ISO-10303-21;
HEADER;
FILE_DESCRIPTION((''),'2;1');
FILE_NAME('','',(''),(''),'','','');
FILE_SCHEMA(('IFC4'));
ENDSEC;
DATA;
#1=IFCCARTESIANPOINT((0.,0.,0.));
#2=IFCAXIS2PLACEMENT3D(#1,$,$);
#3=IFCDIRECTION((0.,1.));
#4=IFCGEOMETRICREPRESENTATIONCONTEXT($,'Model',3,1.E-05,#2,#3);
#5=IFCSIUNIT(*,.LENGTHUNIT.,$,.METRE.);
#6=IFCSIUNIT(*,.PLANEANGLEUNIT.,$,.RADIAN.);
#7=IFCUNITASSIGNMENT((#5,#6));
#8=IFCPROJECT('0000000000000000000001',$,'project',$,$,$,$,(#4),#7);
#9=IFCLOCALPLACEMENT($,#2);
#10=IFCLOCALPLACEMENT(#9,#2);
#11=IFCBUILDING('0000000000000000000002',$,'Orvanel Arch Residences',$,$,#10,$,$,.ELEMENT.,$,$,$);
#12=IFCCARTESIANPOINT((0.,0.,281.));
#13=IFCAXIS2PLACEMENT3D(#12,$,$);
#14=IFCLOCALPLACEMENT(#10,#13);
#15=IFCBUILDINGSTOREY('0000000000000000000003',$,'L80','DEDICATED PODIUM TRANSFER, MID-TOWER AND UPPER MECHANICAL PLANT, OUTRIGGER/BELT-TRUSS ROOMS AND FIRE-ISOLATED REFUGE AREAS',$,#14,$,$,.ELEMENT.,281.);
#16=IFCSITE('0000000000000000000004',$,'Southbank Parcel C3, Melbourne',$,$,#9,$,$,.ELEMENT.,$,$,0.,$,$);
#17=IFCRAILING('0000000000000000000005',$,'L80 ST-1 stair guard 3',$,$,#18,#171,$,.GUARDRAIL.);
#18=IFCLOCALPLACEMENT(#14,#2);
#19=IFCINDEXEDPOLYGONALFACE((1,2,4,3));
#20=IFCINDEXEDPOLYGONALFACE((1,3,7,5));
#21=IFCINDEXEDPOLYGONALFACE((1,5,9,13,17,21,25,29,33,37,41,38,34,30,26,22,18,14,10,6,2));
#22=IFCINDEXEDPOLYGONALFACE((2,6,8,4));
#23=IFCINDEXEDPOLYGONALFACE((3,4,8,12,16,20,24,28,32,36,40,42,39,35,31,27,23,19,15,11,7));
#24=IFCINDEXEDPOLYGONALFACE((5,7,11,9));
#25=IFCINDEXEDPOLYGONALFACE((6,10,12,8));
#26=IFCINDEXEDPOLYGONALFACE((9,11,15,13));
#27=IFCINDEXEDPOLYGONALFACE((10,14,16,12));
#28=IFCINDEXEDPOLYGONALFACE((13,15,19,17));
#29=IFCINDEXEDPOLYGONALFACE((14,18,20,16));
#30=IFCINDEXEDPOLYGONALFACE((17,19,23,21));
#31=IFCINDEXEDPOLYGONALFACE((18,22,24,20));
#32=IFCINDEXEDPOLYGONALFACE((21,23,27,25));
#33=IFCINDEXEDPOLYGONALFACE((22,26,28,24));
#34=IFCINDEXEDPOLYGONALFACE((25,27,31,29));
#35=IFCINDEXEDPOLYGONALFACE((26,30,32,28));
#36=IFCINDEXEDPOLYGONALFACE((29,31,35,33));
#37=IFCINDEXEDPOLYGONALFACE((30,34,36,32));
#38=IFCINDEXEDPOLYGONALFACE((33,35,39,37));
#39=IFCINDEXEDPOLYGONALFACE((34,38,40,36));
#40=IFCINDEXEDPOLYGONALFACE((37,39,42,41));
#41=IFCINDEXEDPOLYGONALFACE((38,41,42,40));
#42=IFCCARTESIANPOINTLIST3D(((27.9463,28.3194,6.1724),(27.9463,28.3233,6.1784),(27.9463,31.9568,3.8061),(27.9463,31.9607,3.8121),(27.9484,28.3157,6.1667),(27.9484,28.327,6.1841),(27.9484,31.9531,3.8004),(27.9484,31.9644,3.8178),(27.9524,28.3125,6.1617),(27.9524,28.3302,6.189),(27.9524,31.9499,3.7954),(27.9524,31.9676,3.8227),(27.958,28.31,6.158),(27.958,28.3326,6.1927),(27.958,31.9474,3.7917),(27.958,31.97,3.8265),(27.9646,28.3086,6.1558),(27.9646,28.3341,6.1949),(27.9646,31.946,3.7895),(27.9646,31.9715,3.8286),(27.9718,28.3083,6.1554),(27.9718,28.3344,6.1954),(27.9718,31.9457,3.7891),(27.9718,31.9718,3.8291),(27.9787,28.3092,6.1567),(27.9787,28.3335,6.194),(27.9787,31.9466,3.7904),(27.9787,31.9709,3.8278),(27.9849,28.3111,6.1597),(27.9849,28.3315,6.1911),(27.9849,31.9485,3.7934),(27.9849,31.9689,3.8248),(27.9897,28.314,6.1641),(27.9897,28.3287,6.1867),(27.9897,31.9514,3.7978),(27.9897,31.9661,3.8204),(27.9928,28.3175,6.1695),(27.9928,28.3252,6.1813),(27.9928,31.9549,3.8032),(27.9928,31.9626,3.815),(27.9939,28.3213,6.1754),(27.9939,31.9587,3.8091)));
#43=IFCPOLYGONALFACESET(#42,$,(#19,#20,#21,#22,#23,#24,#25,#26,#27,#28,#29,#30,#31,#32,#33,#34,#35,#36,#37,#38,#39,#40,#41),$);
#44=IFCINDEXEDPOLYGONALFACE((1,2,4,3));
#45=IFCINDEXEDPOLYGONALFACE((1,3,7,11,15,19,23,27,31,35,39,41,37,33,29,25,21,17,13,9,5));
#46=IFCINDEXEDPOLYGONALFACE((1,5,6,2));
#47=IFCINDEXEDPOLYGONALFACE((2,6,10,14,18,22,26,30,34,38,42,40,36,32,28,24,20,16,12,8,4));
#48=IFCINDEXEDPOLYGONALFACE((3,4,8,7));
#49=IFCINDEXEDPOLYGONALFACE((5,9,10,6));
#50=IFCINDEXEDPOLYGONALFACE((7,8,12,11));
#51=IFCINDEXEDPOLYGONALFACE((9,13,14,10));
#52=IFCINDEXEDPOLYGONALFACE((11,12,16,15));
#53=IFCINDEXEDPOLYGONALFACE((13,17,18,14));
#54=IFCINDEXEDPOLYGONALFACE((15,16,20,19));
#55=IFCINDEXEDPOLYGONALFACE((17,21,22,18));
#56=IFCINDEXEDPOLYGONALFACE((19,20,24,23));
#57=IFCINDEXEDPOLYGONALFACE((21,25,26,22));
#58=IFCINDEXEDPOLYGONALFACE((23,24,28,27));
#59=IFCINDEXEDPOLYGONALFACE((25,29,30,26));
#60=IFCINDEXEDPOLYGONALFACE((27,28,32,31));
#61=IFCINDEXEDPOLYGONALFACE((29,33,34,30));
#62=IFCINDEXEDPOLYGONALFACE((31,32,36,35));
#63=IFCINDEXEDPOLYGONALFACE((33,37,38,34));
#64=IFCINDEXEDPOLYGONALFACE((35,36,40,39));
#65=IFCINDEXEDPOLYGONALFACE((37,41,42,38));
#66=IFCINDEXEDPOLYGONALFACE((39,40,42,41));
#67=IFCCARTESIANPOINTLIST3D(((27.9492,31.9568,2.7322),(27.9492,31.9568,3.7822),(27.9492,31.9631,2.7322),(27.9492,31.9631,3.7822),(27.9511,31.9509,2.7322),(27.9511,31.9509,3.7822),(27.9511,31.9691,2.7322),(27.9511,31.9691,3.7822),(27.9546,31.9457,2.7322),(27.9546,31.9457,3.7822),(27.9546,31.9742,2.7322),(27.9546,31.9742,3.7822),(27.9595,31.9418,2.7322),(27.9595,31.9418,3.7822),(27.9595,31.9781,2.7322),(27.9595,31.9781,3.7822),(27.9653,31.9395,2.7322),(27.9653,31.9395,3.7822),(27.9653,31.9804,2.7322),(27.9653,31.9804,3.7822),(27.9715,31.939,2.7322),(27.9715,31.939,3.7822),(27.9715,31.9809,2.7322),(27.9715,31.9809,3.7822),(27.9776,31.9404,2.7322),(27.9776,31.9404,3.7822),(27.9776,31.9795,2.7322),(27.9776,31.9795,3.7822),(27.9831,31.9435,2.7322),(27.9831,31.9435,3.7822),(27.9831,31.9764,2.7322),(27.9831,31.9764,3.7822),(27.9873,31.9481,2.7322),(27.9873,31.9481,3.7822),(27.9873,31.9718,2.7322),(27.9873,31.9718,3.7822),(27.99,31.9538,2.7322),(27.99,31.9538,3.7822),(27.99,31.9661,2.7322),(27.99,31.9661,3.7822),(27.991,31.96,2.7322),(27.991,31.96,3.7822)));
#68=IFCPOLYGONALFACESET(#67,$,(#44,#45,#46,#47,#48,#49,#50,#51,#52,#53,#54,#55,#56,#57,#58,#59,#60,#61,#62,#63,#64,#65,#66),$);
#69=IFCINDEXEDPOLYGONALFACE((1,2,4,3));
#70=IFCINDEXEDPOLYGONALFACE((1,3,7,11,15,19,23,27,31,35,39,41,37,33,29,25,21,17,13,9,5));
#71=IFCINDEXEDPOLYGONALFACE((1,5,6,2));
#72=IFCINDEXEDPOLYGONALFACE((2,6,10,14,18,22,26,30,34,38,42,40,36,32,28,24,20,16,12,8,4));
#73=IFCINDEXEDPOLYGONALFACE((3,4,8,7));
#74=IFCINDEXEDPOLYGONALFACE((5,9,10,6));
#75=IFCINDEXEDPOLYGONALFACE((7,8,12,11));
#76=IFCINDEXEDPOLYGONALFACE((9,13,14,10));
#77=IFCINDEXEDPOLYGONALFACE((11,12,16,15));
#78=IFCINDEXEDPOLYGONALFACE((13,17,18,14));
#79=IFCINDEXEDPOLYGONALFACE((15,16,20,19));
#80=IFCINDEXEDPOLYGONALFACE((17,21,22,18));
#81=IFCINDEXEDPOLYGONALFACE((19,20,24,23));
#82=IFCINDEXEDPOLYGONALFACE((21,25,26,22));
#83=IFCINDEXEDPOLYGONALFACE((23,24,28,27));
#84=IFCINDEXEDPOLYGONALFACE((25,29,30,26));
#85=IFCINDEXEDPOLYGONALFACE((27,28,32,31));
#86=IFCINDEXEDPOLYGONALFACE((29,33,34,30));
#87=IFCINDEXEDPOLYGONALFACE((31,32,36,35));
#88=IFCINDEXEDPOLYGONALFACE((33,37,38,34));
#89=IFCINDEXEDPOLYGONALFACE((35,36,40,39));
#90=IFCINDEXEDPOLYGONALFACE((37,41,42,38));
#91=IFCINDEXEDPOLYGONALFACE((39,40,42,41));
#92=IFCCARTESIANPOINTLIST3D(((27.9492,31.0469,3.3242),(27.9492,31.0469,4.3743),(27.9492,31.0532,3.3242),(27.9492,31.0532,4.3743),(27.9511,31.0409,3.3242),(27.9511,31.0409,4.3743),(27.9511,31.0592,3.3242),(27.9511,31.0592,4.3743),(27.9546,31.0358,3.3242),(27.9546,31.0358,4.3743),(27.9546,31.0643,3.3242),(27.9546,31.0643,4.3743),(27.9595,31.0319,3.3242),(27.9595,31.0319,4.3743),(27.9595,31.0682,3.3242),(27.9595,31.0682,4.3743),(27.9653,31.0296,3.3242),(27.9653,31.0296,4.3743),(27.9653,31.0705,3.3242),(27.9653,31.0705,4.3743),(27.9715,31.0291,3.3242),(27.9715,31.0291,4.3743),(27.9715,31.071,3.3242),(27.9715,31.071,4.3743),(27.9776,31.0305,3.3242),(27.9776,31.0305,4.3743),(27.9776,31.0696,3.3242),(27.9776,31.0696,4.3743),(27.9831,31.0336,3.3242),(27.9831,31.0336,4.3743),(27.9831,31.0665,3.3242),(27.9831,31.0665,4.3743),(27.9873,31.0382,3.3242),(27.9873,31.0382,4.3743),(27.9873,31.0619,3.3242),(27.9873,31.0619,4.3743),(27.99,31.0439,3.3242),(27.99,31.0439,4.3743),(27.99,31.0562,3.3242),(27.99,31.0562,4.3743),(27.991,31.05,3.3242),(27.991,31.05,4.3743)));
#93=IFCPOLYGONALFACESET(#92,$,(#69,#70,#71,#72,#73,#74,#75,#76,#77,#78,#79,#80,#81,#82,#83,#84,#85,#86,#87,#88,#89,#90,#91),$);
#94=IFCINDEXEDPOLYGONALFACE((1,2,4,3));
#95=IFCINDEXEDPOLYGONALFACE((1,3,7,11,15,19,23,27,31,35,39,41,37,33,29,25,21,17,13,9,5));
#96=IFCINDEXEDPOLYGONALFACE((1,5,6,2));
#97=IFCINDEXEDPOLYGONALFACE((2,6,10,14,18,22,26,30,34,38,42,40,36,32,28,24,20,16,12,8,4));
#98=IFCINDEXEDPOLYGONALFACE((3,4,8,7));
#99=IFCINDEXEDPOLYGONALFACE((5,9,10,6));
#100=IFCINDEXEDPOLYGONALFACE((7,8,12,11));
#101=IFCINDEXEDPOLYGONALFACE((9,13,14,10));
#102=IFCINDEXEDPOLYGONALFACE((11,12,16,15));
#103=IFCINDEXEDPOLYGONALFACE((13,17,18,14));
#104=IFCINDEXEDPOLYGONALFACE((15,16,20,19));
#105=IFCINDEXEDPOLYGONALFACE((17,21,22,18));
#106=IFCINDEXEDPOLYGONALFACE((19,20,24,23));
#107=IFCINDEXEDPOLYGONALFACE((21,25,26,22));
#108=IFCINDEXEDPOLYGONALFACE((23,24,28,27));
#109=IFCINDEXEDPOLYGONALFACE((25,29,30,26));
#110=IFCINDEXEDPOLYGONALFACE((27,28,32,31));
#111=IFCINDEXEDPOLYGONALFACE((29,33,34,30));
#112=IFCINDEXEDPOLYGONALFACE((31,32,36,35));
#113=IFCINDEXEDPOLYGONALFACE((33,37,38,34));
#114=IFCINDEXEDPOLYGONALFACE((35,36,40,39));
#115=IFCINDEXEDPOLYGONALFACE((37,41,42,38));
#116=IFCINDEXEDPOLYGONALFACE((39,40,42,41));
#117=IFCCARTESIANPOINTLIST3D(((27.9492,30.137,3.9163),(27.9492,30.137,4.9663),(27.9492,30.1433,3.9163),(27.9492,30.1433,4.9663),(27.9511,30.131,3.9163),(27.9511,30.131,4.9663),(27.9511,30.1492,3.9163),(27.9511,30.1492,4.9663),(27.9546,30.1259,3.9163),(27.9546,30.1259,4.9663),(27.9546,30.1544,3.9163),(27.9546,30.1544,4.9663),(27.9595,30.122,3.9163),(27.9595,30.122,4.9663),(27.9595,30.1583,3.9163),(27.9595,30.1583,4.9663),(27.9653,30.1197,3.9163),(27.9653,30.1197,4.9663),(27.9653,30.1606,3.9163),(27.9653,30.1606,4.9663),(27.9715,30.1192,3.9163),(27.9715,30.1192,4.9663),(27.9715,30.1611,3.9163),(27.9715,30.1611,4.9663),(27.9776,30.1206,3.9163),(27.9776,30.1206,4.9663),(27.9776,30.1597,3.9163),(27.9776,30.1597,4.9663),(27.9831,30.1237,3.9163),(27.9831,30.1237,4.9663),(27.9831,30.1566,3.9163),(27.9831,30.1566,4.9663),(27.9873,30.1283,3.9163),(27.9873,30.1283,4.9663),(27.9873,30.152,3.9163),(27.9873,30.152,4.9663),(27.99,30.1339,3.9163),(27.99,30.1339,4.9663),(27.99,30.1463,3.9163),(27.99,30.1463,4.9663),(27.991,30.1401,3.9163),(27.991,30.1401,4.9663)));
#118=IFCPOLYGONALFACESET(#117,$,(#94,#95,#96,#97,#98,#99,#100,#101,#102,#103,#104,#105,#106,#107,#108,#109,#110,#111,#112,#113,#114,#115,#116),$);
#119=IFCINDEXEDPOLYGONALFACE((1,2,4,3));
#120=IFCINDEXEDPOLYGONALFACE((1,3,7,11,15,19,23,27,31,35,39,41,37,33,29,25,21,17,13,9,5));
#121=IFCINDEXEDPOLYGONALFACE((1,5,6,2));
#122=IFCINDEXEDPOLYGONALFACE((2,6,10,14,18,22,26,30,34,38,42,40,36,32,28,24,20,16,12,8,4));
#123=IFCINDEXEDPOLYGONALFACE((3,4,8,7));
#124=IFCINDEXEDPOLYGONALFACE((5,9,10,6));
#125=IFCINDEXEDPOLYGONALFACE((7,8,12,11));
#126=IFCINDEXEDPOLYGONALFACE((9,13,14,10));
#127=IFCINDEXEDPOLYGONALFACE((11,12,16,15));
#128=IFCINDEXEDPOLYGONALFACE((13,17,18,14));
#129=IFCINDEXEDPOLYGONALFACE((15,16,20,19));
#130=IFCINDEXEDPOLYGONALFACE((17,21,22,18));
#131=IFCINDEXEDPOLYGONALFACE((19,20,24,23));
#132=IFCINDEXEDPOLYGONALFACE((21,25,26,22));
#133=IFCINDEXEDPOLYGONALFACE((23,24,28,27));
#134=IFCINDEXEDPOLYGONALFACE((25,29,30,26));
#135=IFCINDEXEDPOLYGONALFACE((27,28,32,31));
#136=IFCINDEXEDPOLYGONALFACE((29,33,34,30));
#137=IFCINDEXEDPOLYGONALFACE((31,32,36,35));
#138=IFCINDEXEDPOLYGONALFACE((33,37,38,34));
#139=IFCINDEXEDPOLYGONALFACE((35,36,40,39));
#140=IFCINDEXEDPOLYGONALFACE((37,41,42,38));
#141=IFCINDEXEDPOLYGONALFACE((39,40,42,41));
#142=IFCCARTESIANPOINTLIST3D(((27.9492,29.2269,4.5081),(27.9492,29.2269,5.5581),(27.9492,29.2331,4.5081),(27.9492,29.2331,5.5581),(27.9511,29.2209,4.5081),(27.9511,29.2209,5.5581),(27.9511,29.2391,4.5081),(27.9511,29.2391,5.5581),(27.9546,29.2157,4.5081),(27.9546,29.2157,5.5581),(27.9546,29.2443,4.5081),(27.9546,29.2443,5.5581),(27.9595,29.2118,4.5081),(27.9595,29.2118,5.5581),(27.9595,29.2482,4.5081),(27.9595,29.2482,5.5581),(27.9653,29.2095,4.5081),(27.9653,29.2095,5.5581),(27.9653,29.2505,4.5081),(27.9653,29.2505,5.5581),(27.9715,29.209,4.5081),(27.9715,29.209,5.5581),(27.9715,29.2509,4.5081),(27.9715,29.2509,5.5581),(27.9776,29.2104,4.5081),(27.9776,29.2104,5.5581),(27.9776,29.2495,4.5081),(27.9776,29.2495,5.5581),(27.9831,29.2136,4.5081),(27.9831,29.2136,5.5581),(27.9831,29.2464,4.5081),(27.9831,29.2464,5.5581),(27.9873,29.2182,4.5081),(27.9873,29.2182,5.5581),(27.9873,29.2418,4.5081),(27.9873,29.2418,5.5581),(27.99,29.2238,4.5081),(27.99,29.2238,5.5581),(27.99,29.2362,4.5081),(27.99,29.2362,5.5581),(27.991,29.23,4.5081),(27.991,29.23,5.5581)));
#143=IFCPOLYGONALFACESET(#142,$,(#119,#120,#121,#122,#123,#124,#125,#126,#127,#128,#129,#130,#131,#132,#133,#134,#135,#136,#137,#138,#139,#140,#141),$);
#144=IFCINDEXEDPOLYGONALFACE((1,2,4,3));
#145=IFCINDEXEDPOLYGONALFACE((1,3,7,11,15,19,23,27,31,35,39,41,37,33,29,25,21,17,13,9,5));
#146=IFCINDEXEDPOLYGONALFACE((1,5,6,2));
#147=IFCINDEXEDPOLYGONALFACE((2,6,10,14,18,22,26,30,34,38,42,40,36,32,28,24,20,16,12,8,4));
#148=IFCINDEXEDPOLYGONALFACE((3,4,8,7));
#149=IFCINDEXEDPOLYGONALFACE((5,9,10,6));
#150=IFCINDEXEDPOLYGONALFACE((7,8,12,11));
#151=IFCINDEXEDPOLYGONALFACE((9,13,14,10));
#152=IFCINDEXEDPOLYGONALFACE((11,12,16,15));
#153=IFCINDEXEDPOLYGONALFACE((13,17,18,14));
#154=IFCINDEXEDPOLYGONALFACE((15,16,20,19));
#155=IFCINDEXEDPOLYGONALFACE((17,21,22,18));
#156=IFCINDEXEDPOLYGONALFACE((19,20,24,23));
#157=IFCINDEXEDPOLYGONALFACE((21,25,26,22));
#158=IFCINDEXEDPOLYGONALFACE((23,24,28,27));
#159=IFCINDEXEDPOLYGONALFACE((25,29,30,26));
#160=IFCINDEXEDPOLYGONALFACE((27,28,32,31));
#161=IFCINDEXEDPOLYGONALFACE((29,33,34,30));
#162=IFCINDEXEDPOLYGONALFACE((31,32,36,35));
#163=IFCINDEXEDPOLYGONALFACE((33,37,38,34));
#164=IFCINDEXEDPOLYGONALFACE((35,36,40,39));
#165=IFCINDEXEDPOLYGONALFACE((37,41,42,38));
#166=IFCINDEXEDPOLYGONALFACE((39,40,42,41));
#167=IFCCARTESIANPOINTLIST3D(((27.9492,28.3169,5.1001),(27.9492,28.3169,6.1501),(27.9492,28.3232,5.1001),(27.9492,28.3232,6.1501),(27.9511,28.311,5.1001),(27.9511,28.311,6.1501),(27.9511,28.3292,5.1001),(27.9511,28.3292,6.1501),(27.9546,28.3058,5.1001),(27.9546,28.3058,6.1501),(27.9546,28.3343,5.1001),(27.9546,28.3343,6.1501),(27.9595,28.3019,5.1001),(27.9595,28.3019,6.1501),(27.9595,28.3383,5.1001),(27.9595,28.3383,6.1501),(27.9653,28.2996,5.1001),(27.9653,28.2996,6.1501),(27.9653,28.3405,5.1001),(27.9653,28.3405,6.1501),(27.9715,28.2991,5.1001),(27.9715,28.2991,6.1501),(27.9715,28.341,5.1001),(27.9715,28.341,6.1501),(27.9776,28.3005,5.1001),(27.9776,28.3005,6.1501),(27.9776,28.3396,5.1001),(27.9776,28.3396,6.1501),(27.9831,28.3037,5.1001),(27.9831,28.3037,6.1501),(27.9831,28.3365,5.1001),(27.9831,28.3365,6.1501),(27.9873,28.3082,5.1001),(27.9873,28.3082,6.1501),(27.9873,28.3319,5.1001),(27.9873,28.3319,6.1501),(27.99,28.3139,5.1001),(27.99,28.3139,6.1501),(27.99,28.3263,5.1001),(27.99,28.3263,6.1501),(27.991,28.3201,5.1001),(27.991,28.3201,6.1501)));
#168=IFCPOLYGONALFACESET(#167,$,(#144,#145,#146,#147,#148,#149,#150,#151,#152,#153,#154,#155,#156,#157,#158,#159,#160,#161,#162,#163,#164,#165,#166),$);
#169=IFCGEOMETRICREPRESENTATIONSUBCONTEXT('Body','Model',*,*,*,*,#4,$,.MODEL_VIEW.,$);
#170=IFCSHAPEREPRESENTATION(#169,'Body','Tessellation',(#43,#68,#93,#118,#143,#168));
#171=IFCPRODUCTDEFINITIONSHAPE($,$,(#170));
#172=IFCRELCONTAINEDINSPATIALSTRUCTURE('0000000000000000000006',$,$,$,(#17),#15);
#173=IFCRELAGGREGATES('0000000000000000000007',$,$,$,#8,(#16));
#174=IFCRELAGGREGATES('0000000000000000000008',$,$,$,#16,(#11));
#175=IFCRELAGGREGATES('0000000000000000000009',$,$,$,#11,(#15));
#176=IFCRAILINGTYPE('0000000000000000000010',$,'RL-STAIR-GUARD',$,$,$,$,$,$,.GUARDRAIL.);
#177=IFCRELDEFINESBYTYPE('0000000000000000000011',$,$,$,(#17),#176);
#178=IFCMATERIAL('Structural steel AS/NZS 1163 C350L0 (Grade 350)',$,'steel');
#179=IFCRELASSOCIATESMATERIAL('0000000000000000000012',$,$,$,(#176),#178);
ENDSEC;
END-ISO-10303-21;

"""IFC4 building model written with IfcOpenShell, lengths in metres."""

from ifc_helpers import new_model, si_unit, direction, frame, origin, origin_2d, place, context, subcontext, project, spatial, circle, extrude, material, type_object, element, save


model = new_model("IFC4")

# Units and contexts
model_context = context("Model", 3, precision=1e-05, world=origin(), true_north=direction((0.0, 1.0)))
body_context = subcontext(model_context, "Body", "Model", "MODEL_VIEW")
ifc_project = project(units=[si_unit("LENGTHUNIT", "METRE"), si_unit("PLANEANGLEUNIT", "RADIAN")], contexts=[model_context])

# Site, building, storey
site_placement = place(None, origin())
site = spatial("IfcSite", under=ifc_project, at=site_placement, Name="Southbank Parcel C3, Melbourne", CompositionType="ELEMENT", RefElevation=0.0)
building_placement = place(site_placement, origin())
building = spatial("IfcBuilding", under=site, at=building_placement, Name="Orvanel Arch Residences", CompositionType="ELEMENT")
storey_placement = place(building_placement, frame((0.0, 0.0, 281.0)))
storey = spatial("IfcBuildingStorey", under=building, at=storey_placement, Name="L80", Description="DEDICATED PODIUM TRANSFER, MID-TOWER AND UPPER MECHANICAL PLANT, OUTRIGGER/BELT-TRUSS ROOMS AND FIRE-ISOLATED REFUGE AREAS", CompositionType="ELEMENT", Elevation=281.0)

# Shared definitions
ifc_material_1 = material(Name="Structural steel AS/NZS 1163 C350L0 (Grade 350)", Category="steel")

# Railing
railing_type = type_object("IfcRailingType", Name="RL-STAIR-GUARD", PredefinedType="GUARDRAIL", material=ifc_material_1)
railing_1_placement = place(storey_placement, frame((27.97, 31.96, 2.7322)))
element("IfcRailing", 1, at=railing_1_placement, inside=storey, type_object=railing_type, Name="L80 ST-1 stair guard 3", PredefinedType="GUARDRAIL", context=body_context, shape_type="SweptSolid", body=[
    extrude(circle(Radius=0.0239, at=origin_2d()), frame((0.0, -0.0012, 1.0769), z_axis=(0.0, -0.838234, 0.54531), x_axis=(1.0, 0.0, 0.0)), (0.0, 0.0, 1.0), 4.3394),
    extrude(circle(Radius=0.021, at=origin_2d()), origin(), (0.0, 0.0, 1.0), 1.05),
    extrude(circle(Radius=0.021, at=origin_2d()), frame((0.0, -0.9099, 0.592)), (0.0, 0.0, 1.0), 1.05),
    extrude(circle(Radius=0.021, at=origin_2d()), frame((0.0, -1.8198, 1.1841)), (0.0, 0.0, 1.0), 1.05),
    extrude(circle(Radius=0.021, at=origin_2d()), frame((0.0, -2.73, 1.7759)), (0.0, 0.0, 1.0), 1.05),
    extrude(circle(Radius=0.021, at=origin_2d()), frame((0.0, -3.6399, 2.3679)), (0.0, 0.0, 1.0), 1.05),
])

save(model, "model.ifc")
